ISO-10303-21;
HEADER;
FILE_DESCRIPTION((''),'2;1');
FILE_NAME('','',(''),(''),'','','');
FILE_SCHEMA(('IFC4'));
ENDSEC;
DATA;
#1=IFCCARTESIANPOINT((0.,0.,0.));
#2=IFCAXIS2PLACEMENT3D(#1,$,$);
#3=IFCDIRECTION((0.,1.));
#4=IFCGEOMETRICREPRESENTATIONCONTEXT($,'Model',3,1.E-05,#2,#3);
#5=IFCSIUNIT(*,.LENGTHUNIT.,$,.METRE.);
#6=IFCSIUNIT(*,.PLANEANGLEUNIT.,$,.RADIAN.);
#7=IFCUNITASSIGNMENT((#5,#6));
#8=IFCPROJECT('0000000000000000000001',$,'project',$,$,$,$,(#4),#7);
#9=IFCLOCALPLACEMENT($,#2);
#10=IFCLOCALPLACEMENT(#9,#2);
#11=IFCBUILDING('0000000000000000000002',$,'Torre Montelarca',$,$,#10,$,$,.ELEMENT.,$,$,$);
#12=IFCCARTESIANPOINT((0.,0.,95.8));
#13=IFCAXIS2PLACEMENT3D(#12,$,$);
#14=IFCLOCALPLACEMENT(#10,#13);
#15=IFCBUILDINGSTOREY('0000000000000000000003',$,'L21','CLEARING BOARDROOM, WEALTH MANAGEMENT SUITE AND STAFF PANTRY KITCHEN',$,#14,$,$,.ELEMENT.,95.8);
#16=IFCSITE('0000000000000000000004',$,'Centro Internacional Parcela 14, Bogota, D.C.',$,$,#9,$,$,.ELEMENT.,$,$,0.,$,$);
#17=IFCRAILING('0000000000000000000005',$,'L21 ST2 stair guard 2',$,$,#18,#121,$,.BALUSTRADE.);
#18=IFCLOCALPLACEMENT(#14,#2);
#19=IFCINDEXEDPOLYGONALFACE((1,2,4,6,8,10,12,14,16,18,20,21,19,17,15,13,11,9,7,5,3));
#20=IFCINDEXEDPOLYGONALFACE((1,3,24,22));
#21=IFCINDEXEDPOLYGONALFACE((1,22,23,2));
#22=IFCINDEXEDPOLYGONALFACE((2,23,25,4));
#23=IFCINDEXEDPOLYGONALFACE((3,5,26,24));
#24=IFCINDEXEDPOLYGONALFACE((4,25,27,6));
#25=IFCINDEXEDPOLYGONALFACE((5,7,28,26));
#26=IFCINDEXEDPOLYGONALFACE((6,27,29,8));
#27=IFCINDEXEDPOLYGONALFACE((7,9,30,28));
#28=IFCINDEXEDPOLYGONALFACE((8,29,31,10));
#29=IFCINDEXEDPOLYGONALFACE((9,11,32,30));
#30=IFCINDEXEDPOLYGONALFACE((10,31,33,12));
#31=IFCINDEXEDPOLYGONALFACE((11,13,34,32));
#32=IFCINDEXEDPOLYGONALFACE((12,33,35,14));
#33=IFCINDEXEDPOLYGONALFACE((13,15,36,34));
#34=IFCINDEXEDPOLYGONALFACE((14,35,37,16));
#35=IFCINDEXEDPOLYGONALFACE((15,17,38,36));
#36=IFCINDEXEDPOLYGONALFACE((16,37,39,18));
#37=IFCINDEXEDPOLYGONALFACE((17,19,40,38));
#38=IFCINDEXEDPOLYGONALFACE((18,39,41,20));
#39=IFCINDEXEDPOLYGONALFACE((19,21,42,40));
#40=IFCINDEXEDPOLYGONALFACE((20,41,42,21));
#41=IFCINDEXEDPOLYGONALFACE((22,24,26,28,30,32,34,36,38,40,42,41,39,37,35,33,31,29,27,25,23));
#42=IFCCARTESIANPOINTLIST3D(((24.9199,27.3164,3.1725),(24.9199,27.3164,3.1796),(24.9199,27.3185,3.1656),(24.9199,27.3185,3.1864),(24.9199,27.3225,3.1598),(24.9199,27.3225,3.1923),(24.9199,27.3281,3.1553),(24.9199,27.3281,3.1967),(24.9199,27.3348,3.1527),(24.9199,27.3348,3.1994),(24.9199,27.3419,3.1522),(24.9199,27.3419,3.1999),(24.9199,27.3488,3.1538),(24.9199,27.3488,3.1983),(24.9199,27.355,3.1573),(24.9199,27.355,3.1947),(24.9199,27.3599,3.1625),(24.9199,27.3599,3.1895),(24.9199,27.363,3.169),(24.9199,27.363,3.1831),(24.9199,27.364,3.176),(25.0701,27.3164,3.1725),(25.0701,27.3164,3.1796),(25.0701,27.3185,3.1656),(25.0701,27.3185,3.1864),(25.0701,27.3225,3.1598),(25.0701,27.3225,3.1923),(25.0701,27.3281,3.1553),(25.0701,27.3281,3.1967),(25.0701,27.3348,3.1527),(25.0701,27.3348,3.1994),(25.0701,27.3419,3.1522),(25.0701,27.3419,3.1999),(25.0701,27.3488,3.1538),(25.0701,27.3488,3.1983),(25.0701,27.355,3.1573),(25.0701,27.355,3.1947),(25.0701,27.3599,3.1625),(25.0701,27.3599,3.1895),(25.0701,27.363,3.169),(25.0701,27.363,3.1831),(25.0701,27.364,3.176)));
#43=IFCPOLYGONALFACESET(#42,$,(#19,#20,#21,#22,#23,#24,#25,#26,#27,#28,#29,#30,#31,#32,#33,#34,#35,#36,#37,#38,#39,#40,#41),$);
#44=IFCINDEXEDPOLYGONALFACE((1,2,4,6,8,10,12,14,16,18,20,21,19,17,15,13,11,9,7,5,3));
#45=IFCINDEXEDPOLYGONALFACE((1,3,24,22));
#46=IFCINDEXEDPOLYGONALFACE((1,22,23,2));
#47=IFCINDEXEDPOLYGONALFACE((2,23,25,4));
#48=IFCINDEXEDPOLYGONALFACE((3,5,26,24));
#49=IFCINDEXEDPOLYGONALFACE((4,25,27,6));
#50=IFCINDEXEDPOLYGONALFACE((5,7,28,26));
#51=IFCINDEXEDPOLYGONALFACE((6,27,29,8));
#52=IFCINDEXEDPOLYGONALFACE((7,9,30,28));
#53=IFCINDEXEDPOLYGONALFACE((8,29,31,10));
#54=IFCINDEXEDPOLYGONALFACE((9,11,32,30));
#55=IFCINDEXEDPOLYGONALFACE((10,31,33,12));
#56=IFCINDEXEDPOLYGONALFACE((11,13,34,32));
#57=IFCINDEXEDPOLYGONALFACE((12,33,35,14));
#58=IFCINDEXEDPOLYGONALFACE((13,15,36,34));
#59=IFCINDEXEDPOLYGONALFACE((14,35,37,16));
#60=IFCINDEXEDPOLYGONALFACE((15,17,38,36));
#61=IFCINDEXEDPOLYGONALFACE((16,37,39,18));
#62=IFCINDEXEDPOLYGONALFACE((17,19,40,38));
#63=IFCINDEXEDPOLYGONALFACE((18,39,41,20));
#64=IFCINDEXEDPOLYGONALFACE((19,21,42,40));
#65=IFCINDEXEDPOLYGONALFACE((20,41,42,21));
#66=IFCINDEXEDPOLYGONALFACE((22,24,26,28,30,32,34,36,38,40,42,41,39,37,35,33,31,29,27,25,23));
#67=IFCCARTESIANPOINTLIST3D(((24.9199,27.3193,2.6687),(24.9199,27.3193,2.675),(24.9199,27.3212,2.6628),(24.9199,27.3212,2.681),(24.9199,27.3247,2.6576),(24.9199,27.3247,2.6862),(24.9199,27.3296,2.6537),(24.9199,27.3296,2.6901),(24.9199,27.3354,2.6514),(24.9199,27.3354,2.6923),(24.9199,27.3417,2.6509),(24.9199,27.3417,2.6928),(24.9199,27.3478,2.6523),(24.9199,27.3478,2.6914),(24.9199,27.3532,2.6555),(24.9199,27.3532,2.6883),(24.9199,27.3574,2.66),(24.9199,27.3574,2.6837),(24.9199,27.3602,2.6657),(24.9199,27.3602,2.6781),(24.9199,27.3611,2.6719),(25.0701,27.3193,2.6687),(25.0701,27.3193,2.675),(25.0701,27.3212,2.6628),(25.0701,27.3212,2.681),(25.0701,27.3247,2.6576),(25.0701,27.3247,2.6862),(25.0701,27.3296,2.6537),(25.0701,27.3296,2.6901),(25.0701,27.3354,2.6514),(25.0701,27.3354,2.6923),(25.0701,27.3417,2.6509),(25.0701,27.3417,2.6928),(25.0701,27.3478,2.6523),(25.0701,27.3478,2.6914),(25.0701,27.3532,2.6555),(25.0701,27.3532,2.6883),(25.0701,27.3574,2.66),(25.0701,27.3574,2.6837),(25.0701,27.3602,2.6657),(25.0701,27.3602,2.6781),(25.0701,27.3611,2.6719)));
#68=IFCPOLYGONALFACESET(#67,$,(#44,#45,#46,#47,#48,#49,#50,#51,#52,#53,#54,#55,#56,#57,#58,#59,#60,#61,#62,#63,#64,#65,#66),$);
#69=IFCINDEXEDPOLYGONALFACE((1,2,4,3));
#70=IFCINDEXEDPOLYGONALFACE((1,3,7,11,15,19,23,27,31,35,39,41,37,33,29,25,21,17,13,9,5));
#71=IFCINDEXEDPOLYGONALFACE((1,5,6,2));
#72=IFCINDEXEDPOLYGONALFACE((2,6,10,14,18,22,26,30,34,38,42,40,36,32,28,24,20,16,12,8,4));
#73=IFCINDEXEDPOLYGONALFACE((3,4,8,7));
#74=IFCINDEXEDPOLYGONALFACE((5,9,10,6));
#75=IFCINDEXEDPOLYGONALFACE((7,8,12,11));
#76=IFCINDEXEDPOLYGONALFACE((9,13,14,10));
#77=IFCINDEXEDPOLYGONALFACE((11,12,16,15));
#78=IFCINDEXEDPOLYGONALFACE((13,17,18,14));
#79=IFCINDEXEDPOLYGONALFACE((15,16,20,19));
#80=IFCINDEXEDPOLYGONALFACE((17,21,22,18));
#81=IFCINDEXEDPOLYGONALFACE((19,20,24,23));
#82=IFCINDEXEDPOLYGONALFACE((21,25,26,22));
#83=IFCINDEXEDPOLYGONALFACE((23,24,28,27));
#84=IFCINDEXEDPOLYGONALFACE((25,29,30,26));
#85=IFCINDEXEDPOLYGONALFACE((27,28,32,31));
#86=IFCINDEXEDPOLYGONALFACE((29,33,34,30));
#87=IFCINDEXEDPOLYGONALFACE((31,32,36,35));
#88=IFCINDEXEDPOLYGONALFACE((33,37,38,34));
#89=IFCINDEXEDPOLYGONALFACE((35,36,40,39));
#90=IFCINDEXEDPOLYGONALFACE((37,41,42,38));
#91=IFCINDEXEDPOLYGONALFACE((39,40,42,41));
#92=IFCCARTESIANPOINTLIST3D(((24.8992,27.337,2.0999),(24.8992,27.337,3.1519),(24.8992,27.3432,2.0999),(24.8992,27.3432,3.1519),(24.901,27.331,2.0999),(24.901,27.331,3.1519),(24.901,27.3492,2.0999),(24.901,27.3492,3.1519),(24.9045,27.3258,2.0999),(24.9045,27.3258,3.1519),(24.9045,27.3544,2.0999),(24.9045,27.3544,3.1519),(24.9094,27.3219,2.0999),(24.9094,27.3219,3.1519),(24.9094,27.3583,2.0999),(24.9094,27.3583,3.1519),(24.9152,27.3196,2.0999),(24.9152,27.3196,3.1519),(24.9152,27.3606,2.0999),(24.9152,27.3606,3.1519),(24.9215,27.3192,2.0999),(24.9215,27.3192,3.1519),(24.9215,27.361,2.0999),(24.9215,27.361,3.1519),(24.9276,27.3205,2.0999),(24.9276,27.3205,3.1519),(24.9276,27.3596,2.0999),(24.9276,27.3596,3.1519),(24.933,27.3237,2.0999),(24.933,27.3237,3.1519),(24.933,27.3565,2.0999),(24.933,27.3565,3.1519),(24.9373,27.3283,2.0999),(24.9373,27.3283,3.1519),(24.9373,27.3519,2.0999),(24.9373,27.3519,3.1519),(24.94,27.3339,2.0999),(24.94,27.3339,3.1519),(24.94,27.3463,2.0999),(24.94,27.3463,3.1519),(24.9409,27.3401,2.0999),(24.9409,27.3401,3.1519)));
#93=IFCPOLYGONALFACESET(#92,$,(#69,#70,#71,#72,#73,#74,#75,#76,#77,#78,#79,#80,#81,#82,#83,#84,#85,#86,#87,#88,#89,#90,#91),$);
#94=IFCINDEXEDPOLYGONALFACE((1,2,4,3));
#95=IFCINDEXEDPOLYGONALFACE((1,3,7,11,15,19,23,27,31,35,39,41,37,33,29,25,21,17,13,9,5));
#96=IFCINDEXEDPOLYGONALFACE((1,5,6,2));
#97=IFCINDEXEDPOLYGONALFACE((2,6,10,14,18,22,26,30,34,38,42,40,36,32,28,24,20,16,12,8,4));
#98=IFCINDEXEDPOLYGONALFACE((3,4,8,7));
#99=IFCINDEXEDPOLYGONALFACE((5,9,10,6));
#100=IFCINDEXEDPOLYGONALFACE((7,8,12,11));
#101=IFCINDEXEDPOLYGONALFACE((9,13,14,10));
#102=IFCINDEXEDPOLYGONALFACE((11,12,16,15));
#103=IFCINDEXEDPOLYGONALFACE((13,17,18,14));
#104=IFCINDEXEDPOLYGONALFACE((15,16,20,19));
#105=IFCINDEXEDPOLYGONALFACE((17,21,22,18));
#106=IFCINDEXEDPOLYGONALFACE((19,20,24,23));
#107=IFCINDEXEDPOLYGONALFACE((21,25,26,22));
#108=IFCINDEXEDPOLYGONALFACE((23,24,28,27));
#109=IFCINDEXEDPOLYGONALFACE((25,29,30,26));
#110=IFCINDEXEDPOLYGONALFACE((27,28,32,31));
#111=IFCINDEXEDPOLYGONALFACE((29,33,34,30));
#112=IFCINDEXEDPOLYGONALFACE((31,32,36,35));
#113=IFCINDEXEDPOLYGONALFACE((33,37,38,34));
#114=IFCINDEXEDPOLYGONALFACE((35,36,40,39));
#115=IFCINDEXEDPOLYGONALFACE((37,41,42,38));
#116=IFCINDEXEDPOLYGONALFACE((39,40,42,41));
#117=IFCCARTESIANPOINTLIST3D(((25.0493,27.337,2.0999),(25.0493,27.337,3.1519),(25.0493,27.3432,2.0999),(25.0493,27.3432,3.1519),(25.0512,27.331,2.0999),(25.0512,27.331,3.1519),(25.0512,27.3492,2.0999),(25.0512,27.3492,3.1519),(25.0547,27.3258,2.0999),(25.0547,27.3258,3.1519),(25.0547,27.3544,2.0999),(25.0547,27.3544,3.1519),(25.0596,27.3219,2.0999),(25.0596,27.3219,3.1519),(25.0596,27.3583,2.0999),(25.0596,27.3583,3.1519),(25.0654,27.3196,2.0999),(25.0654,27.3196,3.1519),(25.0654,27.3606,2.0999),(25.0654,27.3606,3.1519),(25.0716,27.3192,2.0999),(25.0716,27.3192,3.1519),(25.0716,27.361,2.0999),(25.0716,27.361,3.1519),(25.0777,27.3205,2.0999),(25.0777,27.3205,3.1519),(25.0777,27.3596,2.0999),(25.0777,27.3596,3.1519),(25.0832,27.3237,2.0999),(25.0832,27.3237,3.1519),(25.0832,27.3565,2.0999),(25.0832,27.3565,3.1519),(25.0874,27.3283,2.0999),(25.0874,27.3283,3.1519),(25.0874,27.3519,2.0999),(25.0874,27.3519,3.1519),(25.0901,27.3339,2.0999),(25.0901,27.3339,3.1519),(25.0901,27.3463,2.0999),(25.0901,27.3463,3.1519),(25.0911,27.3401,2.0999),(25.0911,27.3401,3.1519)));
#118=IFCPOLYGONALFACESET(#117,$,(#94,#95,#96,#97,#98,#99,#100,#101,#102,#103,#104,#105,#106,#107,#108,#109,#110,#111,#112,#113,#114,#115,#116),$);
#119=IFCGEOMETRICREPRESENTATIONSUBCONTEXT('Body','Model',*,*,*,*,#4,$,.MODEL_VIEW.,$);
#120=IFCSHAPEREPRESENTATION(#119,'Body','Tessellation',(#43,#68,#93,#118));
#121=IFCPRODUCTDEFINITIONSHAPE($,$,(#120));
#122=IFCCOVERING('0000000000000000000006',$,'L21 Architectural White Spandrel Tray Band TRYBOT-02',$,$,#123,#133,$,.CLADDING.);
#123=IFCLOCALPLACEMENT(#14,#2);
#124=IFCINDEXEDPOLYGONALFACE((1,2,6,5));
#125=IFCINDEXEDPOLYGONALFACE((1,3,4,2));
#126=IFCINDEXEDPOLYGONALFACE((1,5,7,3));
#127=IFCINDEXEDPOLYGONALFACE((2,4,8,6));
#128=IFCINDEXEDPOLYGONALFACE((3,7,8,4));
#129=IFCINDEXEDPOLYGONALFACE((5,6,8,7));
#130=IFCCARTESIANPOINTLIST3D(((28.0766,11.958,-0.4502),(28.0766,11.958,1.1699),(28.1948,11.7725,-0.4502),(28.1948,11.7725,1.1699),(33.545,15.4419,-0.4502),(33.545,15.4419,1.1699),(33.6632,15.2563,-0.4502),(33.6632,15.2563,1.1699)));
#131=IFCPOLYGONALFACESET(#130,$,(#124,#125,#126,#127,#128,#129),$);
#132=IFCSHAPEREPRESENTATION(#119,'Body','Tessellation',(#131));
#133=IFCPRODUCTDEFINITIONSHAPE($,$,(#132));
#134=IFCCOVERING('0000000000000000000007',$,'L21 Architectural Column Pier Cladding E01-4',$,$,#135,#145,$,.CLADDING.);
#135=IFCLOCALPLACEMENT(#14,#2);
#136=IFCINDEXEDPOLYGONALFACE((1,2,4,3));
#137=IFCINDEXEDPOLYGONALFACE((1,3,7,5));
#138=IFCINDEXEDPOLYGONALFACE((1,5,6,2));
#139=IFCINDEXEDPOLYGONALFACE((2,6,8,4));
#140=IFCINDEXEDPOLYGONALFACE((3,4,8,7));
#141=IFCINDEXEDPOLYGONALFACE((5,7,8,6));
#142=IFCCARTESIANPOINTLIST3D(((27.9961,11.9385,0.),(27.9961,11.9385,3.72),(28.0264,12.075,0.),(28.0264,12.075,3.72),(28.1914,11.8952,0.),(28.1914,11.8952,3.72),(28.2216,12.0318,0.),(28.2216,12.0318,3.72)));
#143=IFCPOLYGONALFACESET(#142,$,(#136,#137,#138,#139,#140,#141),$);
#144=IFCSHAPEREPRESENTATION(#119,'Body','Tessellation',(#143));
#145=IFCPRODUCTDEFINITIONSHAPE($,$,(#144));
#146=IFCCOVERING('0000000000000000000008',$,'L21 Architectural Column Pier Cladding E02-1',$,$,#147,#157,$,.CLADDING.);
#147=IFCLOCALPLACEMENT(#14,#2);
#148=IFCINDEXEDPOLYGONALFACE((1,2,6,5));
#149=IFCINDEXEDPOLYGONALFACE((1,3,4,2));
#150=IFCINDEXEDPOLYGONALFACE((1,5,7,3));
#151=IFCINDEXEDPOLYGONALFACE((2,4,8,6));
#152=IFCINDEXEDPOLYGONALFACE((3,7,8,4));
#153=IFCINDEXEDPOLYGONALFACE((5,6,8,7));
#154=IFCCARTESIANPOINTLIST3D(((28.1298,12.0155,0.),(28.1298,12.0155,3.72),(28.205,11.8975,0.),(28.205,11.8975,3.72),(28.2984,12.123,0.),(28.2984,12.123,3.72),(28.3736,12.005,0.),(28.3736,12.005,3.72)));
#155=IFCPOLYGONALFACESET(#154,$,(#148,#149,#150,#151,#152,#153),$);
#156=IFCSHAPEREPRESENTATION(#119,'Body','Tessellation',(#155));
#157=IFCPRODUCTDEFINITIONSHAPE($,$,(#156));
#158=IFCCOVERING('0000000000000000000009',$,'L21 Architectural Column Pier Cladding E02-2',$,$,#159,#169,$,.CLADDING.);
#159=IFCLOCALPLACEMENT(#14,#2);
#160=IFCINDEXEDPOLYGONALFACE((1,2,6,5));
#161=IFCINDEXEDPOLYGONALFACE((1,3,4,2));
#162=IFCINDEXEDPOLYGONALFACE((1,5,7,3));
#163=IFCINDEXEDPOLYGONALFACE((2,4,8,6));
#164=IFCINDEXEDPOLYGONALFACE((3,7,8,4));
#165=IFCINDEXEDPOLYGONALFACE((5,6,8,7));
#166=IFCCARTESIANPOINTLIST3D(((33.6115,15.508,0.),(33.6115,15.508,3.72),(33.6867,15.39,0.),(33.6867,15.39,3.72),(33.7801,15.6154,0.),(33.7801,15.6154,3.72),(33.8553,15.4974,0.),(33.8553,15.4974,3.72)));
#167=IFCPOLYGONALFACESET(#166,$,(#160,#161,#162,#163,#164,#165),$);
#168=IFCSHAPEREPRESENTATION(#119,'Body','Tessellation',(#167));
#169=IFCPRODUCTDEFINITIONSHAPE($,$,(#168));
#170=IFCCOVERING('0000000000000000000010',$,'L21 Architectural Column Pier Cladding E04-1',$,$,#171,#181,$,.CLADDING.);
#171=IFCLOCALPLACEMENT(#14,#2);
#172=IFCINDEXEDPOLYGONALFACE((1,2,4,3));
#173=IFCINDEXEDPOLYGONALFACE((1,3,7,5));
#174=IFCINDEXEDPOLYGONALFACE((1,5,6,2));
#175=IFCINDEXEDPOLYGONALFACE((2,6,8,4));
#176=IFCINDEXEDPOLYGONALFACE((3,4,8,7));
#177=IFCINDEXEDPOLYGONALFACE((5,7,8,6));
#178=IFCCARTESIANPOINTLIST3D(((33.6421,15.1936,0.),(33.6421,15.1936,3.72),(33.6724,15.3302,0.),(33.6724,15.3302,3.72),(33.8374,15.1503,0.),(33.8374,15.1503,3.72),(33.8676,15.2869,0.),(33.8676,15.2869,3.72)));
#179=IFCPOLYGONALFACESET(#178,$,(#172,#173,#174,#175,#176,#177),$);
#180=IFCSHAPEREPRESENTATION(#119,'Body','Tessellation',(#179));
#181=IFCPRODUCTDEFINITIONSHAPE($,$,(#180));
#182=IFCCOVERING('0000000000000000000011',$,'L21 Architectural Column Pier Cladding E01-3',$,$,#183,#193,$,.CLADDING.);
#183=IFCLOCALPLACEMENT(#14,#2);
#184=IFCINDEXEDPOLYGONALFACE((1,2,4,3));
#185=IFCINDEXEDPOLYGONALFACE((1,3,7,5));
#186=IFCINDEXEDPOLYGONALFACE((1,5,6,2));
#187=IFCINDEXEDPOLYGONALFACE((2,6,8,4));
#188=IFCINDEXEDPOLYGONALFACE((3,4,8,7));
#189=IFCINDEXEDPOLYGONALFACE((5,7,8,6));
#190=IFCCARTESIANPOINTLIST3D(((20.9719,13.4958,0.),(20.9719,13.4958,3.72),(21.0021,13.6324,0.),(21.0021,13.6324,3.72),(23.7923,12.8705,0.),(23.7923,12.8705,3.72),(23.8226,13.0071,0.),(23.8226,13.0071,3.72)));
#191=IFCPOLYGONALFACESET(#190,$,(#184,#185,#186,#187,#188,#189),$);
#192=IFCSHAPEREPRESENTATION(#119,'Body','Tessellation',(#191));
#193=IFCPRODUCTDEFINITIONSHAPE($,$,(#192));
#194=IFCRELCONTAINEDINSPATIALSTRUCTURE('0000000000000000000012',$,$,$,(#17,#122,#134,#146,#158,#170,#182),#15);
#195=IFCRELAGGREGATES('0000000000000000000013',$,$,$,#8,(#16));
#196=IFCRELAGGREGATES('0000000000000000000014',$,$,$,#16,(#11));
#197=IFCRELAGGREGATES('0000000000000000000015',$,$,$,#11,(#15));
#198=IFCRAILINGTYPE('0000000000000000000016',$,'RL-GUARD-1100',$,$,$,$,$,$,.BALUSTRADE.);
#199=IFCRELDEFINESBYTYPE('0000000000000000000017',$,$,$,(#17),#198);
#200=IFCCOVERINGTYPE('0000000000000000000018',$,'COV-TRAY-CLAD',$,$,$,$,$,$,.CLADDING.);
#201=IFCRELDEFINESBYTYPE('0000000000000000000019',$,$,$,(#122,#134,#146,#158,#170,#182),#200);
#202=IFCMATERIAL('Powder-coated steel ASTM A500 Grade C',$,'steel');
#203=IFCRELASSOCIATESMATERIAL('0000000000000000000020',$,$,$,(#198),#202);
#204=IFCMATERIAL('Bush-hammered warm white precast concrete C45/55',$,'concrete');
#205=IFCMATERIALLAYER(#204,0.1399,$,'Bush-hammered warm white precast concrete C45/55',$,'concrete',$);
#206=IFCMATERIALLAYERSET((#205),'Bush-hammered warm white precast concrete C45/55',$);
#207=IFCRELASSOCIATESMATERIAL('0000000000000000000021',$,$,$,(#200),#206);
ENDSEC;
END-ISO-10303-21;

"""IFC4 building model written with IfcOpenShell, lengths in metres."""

from ifc_helpers import new_model, si_unit, direction, frame, origin, origin_2d, place, context, subcontext, project, spatial, rectangle, circle, extrude, source, transform, mapped, material, layer, layer_set, type_object, element, save


model = new_model("IFC4")

# Units and contexts
model_context = context("Model", 3, precision=1e-05, world=origin(), true_north=direction((0.0, 1.0)))
body_context = subcontext(model_context, "Body", "Model", "MODEL_VIEW")
ifc_project = project(units=[si_unit("LENGTHUNIT", "METRE"), si_unit("PLANEANGLEUNIT", "RADIAN")], contexts=[model_context])

# Site, building, storey
site_placement = place(None, origin())
site = spatial("IfcSite", under=ifc_project, at=site_placement, Name="Centro Internacional Parcela 14, Bogota, D.C.", CompositionType="ELEMENT", RefElevation=0.0)
building_placement = place(site_placement, origin())
building = spatial("IfcBuilding", under=site, at=building_placement, Name="Torre Montelarca", CompositionType="ELEMENT")
storey_placement = place(building_placement, frame((0.0, 0.0, 95.8)))
storey = spatial("IfcBuildingStorey", under=building, at=storey_placement, Name="L21", Description="CLEARING BOARDROOM, WEALTH MANAGEMENT SUITE AND STAFF PANTRY KITCHEN", CompositionType="ELEMENT", Elevation=95.8)

# Railing
ifc_material_1 = material(Name="Powder-coated steel ASTM A500 Grade C", Category="steel")
railing_type = type_object("IfcRailingType", Name="RL-GUARD-1100", PredefinedType="BALUSTRADE", material=ifc_material_1)
railing_placement = place(storey_placement, frame((24.9199, 27.3401, 2.0999)))
element("IfcRailing", 1, at=railing_placement, inside=storey, type_object=railing_type, Name="L21 ST2 stair guard 2", PredefinedType="BALUSTRADE", context=body_context, shape_type="SweptSolid", body=[
    extrude(circle(Radius=0.0239, at=origin_2d()), frame((0.0, 0.0, 1.0762), z_axis=(1.0, 0.0, 0.0), x_axis=(0.0, 1.0, 0.0)), (0.0, 0.0, 1.0), 0.1501),
    extrude(circle(Radius=0.021, at=origin_2d()), frame((0.0, 0.0, 0.572), z_axis=(1.0, 0.0, 0.0), x_axis=(0.0, 1.0, 0.0)), (0.0, 0.0, 1.0), 0.1501),
    extrude(circle(Radius=0.021, at=origin_2d()), origin(), (0.0, 0.0, 1.0), 1.052),
    extrude(circle(Radius=0.021, at=origin_2d()), frame((0.1501, 0.0, 0.0)), (0.0, 0.0, 1.0), 1.052),
])

# Coverings
ifc_material_2 = material(Name="Bush-hammered warm white precast concrete C45/55", Category="concrete")
ifc_layer_1 = layer(ifc_material_2, 0.1399, Name="Bush-hammered warm white precast concrete C45/55", Category="concrete")
ifc_layer_set_1 = layer_set([ifc_layer_1], Name="Bush-hammered warm white precast concrete C45/55")
covering_type = type_object("IfcCoveringType", Name="COV-TRAY-CLAD", PredefinedType="CLADDING", material=ifc_layer_set_1)
shared_shape_1 = source(origin(), body_context, "Body", "SweptSolid", [
    extrude(rectangle(XDim=6.4839, YDim=0.22, at=origin_2d()), origin(), (0.0, 0.0, 1.0), 1.6201),
])
covering_1_placement = place(storey_placement, frame((30.8699, 13.6072, -0.4502), z_axis=(0.0, 0.0, 1.0), x_axis=(0.843388, 0.537305, 0.0)))
element("IfcCovering", 2, at=covering_1_placement, inside=storey, type_object=covering_type, Name="L21 Architectural White Spandrel Tray Band TRYBOT-02", PredefinedType="CLADDING", context=body_context, shape_type="MappedRepresentation", body=[
    mapped(shared_shape_1, transform((0.0, 0.0, 0.0), scale=1.0)),
])
shared_shape_2 = source(origin(), body_context, "Body", "SweptSolid", [
    extrude(rectangle(XDim=0.2, YDim=0.1399, at=origin_2d()), origin(), (0.0, 0.0, 1.0), 3.72),
])
for number, where, z_axis, x_axis, name in (
    (3, (28.1089, 11.9851, 0.0), (0.0, 0.0, 1.0), (0.976296, -0.21644, 0.0), "L21 Architectural Column Pier Cladding E01-4"),
    (4, (28.2517, 12.0103, 0.0), (0.0, 0.0, 1.0), (0.843384, 0.537311, 0.0), "L21 Architectural Column Pier Cladding E02-1"),
    (5, (33.7334, 15.5027, 0.0), (0.0, 0.0, 1.0), (0.843384, 0.537311, 0.0), "L21 Architectural Column Pier Cladding E02-2"),
    (6, (33.7549, 15.2402, 0.0), (0.0, 0.0, 1.0), (0.976298, -0.216433, 0.0), "L21 Architectural Column Pier Cladding E04-1"),
):
    element("IfcCovering", number, at=place(storey_placement, frame(where, z_axis=z_axis, x_axis=x_axis)), inside=storey, type_object=covering_type, Name=name, PredefinedType="CLADDING", context=body_context, shape_type="MappedRepresentation", body=[
        mapped(shared_shape_2, transform((0.0, 0.0, 0.0), scale=1.0)),
    ])
shared_shape_3 = source(origin(), body_context, "Body", "SweptSolid", [
    extrude(rectangle(XDim=2.8889, YDim=0.1399, at=origin_2d()), origin(), (0.0, 0.0, 1.0), 3.72),
])
covering_2_placement = place(storey_placement, frame((22.3972, 13.2515, 0.0), z_axis=(0.0, 0.0, 1.0), x_axis=(0.976296, -0.21644, 0.0)))
element("IfcCovering", 7, at=covering_2_placement, inside=storey, type_object=covering_type, Name="L21 Architectural Column Pier Cladding E01-3", PredefinedType="CLADDING", context=body_context, shape_type="MappedRepresentation", body=[
    mapped(shared_shape_3, transform((0.0, 0.0, 0.0), scale=1.0)),
])

save(model, "model.ifc")
